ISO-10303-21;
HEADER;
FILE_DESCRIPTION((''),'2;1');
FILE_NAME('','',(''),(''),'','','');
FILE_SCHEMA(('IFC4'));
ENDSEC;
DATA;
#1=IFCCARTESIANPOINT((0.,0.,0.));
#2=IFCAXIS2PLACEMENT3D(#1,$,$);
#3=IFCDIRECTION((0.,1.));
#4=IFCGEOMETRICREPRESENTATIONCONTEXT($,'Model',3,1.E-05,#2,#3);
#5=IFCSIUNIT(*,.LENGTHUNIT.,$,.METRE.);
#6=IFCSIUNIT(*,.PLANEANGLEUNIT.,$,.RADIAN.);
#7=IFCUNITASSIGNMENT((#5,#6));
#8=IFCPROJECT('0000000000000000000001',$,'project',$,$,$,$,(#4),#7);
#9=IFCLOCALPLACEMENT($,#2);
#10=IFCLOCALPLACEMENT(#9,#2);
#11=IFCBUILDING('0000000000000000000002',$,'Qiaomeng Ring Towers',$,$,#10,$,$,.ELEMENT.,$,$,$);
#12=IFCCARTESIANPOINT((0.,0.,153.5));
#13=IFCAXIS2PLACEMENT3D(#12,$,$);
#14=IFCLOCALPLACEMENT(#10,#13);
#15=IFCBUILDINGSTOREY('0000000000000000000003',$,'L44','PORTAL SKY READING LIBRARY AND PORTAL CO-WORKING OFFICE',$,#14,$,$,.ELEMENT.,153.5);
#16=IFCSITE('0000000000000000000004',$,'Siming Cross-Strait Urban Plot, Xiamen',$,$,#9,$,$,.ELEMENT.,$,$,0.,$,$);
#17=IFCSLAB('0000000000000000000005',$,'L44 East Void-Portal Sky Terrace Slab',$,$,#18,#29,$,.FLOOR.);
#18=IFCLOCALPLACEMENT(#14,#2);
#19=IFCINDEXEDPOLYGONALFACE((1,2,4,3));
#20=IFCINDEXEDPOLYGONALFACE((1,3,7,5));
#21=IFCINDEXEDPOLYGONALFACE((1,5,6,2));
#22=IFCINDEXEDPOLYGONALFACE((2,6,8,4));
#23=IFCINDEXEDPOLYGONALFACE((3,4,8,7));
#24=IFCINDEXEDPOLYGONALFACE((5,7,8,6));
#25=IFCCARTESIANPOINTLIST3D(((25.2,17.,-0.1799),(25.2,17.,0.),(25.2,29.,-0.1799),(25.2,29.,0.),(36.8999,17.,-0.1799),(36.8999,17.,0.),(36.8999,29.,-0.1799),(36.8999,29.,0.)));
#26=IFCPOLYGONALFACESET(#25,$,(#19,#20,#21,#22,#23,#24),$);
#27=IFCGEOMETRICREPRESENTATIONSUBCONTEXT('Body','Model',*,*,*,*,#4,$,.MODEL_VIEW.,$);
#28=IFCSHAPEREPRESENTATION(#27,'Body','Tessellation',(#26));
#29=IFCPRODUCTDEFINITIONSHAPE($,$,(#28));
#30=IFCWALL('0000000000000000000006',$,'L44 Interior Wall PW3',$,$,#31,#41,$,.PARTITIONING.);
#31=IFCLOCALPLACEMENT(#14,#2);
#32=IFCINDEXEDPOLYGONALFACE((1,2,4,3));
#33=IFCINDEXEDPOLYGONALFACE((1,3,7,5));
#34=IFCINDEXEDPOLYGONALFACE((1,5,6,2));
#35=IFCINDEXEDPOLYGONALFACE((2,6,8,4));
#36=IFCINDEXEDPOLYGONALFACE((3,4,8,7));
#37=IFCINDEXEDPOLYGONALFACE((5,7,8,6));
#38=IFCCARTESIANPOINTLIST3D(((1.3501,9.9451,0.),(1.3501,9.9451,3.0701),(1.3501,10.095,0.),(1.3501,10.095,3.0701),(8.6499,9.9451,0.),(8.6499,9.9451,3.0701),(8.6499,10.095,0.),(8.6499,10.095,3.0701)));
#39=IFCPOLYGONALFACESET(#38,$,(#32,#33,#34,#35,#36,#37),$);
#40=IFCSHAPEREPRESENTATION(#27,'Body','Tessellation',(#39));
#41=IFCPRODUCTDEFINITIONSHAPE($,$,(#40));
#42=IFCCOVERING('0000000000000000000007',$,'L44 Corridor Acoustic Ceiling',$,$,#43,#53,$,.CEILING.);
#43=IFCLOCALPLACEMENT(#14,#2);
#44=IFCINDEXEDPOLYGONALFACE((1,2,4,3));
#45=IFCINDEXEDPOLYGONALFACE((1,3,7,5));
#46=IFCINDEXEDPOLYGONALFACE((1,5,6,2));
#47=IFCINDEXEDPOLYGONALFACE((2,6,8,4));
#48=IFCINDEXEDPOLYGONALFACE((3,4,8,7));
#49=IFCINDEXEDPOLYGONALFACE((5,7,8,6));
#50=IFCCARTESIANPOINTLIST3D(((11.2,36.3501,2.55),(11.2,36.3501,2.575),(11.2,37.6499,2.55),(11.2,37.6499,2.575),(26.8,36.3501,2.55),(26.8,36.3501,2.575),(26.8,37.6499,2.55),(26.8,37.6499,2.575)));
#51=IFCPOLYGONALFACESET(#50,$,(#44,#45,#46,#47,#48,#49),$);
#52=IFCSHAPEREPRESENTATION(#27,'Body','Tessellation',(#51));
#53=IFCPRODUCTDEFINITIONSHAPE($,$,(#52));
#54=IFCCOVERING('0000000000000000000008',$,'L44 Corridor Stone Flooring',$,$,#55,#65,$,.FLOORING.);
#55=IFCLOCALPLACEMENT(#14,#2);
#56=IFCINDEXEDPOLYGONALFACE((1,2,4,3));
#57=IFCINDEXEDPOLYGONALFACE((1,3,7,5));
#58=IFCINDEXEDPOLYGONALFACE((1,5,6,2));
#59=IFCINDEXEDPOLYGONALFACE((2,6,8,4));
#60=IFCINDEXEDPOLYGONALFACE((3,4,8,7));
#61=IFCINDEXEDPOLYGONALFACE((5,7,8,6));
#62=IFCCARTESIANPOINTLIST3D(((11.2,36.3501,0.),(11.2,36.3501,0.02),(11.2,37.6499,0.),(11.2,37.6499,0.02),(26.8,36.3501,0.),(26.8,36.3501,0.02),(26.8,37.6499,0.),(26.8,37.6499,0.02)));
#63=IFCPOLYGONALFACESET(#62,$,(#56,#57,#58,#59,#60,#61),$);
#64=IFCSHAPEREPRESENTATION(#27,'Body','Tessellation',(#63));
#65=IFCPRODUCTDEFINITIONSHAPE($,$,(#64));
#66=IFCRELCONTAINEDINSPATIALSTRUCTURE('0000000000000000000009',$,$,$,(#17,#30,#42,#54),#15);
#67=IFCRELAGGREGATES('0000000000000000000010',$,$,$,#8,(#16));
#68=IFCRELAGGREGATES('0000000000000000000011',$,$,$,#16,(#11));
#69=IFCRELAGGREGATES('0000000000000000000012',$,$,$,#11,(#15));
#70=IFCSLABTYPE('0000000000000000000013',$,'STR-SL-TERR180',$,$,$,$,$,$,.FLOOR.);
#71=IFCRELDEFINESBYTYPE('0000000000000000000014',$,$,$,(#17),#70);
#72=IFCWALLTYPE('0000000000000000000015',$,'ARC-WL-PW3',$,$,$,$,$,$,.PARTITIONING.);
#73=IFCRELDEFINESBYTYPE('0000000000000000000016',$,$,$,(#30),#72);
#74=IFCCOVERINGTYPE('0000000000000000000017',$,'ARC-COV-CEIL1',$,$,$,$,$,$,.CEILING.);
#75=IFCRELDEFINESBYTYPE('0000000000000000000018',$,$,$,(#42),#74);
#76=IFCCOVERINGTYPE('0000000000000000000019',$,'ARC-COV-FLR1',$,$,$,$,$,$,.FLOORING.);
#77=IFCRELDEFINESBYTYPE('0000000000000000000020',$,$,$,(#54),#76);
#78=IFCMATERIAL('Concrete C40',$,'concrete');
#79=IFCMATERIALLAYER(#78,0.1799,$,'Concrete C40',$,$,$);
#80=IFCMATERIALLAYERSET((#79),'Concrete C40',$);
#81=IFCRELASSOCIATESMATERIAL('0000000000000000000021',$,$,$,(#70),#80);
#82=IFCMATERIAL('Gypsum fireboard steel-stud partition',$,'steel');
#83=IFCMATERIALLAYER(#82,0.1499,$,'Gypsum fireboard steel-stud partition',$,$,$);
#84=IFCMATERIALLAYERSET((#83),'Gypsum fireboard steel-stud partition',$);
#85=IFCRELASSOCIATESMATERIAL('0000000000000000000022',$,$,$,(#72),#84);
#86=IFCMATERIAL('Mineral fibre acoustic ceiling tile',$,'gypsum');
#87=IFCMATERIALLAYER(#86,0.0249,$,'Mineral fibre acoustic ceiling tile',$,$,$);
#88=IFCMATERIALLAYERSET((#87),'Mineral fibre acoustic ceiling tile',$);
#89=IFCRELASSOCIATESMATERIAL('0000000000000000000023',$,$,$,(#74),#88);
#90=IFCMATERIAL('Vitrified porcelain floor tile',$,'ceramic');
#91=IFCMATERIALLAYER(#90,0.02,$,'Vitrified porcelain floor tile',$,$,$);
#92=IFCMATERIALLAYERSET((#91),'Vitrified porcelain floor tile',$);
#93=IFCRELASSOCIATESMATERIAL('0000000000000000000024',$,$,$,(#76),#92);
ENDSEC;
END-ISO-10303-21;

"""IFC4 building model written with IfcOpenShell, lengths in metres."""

from ifc_helpers import new_model, si_unit, direction, frame, frame_2d, origin, place, context, subcontext, project, spatial, polyline, rectangle, outline, extrude, material, layer, layer_set, type_object, element, save


model = new_model("IFC4")

# Units and contexts
model_context = context("Model", 3, precision=1e-05, world=origin(), true_north=direction((0.0, 1.0)))
body_context = subcontext(model_context, "Body", "Model", "MODEL_VIEW")
ifc_project = project(units=[si_unit("LENGTHUNIT", "METRE"), si_unit("PLANEANGLEUNIT", "RADIAN")], contexts=[model_context])

# Site, building, storey
site_placement = place(None, origin())
site = spatial("IfcSite", under=ifc_project, at=site_placement, Name="Siming Cross-Strait Urban Plot, Xiamen", CompositionType="ELEMENT", RefElevation=0.0)
building_placement = place(site_placement, origin())
building = spatial("IfcBuilding", under=site, at=building_placement, Name="Qiaomeng Ring Towers", CompositionType="ELEMENT")
storey_placement = place(building_placement, frame((0.0, 0.0, 153.5)))
storey = spatial("IfcBuildingStorey", under=building, at=storey_placement, Name="L44", Description="PORTAL SKY READING LIBRARY AND PORTAL CO-WORKING OFFICE", CompositionType="ELEMENT", Elevation=153.5)

# Shared definitions
ifc_material_1 = material(Name="Concrete C40", Category="concrete")

# Slab
ifc_layer_1 = layer(ifc_material_1, 0.1799, Name="Concrete C40")
ifc_layer_set_1 = layer_set([ifc_layer_1], Name="Concrete C40")
slab_type_1 = type_object("IfcSlabType", Name="STR-SL-TERR180", PredefinedType="FLOOR", material=ifc_layer_set_1)
slab_1_placement = place(storey_placement, frame((0.0, 0.0, -0.1799)))
element("IfcSlab", 1, at=slab_1_placement, inside=storey, type_object=slab_type_1, Name="L44 East Void-Portal Sky Terrace Slab", PredefinedType="FLOOR", context=body_context, shape_type="SweptSolid", body=[
    extrude(outline(polyline([(25.2, 17.0), (36.8999, 17.0), (36.8999, 29.0), (25.2, 29.0), (25.2, 17.0)])), origin(), (0.0, 0.0, 1.0), 0.1799),
])

# Wall
ifc_material_2 = material(Name="Gypsum fireboard steel-stud partition", Category="steel")
ifc_layer_2 = layer(ifc_material_2, 0.1499, Name="Gypsum fireboard steel-stud partition")
ifc_layer_set_2 = layer_set([ifc_layer_2], Name="Gypsum fireboard steel-stud partition")
wall_type = type_object("IfcWallType", Name="ARC-WL-PW3", PredefinedType="PARTITIONING", material=ifc_layer_set_2)
wall_placement = place(storey_placement, frame((1.3501, 10.02, 0.0), z_axis=(0.0, 0.0, 1.0), x_axis=(1.0, 0.0, 0.0)))
element("IfcWall", 2, at=wall_placement, inside=storey, type_object=wall_type, Name="L44 Interior Wall PW3", PredefinedType="PARTITIONING", context=body_context, shape_type="SweptSolid", body=[
    extrude(rectangle(XDim=7.2998, YDim=0.1499, at=frame_2d((3.6499, 0.0))), origin(), (0.0, 0.0, 1.0), 3.0701),
])

# Coverings
ifc_material_3 = material(Name="Mineral fibre acoustic ceiling tile", Category="gypsum")
ifc_layer_3 = layer(ifc_material_3, 0.0249, Name="Mineral fibre acoustic ceiling tile")
ifc_layer_set_3 = layer_set([ifc_layer_3], Name="Mineral fibre acoustic ceiling tile")
covering_type_1 = type_object("IfcCoveringType", Name="ARC-COV-CEIL1", PredefinedType="CEILING", material=ifc_layer_set_3)
covering_1_placement = place(storey_placement, frame((0.0, 0.0, 2.55)))
element("IfcCovering", 3, at=covering_1_placement, inside=storey, type_object=covering_type_1, Name="L44 Corridor Acoustic Ceiling", PredefinedType="CEILING", context=body_context, shape_type="SweptSolid", body=[
    extrude(outline(polyline([(11.2, 36.3501), (11.2, 37.6499), (26.8, 37.6499), (26.8, 36.3501), (11.2, 36.3501)])), origin(), (0.0, 0.0, 1.0), 0.0249),
])
ifc_material_4 = material(Name="Vitrified porcelain floor tile", Category="ceramic")
ifc_layer_4 = layer(ifc_material_4, 0.02, Name="Vitrified porcelain floor tile")
ifc_layer_set_4 = layer_set([ifc_layer_4], Name="Vitrified porcelain floor tile")
covering_type_2 = type_object("IfcCoveringType", Name="ARC-COV-FLR1", PredefinedType="FLOORING", material=ifc_layer_set_4)
covering_2_placement = place(storey_placement, origin())
element("IfcCovering", 4, at=covering_2_placement, inside=storey, type_object=covering_type_2, Name="L44 Corridor Stone Flooring", PredefinedType="FLOORING", context=body_context, shape_type="SweptSolid", body=[
    extrude(outline(polyline([(11.2, 36.3501), (11.2, 37.6499), (26.8, 37.6499), (26.8, 36.3501), (11.2, 36.3501)])), origin(), (0.0, 0.0, 1.0), 0.02),
])

save(model, "model.ifc")
